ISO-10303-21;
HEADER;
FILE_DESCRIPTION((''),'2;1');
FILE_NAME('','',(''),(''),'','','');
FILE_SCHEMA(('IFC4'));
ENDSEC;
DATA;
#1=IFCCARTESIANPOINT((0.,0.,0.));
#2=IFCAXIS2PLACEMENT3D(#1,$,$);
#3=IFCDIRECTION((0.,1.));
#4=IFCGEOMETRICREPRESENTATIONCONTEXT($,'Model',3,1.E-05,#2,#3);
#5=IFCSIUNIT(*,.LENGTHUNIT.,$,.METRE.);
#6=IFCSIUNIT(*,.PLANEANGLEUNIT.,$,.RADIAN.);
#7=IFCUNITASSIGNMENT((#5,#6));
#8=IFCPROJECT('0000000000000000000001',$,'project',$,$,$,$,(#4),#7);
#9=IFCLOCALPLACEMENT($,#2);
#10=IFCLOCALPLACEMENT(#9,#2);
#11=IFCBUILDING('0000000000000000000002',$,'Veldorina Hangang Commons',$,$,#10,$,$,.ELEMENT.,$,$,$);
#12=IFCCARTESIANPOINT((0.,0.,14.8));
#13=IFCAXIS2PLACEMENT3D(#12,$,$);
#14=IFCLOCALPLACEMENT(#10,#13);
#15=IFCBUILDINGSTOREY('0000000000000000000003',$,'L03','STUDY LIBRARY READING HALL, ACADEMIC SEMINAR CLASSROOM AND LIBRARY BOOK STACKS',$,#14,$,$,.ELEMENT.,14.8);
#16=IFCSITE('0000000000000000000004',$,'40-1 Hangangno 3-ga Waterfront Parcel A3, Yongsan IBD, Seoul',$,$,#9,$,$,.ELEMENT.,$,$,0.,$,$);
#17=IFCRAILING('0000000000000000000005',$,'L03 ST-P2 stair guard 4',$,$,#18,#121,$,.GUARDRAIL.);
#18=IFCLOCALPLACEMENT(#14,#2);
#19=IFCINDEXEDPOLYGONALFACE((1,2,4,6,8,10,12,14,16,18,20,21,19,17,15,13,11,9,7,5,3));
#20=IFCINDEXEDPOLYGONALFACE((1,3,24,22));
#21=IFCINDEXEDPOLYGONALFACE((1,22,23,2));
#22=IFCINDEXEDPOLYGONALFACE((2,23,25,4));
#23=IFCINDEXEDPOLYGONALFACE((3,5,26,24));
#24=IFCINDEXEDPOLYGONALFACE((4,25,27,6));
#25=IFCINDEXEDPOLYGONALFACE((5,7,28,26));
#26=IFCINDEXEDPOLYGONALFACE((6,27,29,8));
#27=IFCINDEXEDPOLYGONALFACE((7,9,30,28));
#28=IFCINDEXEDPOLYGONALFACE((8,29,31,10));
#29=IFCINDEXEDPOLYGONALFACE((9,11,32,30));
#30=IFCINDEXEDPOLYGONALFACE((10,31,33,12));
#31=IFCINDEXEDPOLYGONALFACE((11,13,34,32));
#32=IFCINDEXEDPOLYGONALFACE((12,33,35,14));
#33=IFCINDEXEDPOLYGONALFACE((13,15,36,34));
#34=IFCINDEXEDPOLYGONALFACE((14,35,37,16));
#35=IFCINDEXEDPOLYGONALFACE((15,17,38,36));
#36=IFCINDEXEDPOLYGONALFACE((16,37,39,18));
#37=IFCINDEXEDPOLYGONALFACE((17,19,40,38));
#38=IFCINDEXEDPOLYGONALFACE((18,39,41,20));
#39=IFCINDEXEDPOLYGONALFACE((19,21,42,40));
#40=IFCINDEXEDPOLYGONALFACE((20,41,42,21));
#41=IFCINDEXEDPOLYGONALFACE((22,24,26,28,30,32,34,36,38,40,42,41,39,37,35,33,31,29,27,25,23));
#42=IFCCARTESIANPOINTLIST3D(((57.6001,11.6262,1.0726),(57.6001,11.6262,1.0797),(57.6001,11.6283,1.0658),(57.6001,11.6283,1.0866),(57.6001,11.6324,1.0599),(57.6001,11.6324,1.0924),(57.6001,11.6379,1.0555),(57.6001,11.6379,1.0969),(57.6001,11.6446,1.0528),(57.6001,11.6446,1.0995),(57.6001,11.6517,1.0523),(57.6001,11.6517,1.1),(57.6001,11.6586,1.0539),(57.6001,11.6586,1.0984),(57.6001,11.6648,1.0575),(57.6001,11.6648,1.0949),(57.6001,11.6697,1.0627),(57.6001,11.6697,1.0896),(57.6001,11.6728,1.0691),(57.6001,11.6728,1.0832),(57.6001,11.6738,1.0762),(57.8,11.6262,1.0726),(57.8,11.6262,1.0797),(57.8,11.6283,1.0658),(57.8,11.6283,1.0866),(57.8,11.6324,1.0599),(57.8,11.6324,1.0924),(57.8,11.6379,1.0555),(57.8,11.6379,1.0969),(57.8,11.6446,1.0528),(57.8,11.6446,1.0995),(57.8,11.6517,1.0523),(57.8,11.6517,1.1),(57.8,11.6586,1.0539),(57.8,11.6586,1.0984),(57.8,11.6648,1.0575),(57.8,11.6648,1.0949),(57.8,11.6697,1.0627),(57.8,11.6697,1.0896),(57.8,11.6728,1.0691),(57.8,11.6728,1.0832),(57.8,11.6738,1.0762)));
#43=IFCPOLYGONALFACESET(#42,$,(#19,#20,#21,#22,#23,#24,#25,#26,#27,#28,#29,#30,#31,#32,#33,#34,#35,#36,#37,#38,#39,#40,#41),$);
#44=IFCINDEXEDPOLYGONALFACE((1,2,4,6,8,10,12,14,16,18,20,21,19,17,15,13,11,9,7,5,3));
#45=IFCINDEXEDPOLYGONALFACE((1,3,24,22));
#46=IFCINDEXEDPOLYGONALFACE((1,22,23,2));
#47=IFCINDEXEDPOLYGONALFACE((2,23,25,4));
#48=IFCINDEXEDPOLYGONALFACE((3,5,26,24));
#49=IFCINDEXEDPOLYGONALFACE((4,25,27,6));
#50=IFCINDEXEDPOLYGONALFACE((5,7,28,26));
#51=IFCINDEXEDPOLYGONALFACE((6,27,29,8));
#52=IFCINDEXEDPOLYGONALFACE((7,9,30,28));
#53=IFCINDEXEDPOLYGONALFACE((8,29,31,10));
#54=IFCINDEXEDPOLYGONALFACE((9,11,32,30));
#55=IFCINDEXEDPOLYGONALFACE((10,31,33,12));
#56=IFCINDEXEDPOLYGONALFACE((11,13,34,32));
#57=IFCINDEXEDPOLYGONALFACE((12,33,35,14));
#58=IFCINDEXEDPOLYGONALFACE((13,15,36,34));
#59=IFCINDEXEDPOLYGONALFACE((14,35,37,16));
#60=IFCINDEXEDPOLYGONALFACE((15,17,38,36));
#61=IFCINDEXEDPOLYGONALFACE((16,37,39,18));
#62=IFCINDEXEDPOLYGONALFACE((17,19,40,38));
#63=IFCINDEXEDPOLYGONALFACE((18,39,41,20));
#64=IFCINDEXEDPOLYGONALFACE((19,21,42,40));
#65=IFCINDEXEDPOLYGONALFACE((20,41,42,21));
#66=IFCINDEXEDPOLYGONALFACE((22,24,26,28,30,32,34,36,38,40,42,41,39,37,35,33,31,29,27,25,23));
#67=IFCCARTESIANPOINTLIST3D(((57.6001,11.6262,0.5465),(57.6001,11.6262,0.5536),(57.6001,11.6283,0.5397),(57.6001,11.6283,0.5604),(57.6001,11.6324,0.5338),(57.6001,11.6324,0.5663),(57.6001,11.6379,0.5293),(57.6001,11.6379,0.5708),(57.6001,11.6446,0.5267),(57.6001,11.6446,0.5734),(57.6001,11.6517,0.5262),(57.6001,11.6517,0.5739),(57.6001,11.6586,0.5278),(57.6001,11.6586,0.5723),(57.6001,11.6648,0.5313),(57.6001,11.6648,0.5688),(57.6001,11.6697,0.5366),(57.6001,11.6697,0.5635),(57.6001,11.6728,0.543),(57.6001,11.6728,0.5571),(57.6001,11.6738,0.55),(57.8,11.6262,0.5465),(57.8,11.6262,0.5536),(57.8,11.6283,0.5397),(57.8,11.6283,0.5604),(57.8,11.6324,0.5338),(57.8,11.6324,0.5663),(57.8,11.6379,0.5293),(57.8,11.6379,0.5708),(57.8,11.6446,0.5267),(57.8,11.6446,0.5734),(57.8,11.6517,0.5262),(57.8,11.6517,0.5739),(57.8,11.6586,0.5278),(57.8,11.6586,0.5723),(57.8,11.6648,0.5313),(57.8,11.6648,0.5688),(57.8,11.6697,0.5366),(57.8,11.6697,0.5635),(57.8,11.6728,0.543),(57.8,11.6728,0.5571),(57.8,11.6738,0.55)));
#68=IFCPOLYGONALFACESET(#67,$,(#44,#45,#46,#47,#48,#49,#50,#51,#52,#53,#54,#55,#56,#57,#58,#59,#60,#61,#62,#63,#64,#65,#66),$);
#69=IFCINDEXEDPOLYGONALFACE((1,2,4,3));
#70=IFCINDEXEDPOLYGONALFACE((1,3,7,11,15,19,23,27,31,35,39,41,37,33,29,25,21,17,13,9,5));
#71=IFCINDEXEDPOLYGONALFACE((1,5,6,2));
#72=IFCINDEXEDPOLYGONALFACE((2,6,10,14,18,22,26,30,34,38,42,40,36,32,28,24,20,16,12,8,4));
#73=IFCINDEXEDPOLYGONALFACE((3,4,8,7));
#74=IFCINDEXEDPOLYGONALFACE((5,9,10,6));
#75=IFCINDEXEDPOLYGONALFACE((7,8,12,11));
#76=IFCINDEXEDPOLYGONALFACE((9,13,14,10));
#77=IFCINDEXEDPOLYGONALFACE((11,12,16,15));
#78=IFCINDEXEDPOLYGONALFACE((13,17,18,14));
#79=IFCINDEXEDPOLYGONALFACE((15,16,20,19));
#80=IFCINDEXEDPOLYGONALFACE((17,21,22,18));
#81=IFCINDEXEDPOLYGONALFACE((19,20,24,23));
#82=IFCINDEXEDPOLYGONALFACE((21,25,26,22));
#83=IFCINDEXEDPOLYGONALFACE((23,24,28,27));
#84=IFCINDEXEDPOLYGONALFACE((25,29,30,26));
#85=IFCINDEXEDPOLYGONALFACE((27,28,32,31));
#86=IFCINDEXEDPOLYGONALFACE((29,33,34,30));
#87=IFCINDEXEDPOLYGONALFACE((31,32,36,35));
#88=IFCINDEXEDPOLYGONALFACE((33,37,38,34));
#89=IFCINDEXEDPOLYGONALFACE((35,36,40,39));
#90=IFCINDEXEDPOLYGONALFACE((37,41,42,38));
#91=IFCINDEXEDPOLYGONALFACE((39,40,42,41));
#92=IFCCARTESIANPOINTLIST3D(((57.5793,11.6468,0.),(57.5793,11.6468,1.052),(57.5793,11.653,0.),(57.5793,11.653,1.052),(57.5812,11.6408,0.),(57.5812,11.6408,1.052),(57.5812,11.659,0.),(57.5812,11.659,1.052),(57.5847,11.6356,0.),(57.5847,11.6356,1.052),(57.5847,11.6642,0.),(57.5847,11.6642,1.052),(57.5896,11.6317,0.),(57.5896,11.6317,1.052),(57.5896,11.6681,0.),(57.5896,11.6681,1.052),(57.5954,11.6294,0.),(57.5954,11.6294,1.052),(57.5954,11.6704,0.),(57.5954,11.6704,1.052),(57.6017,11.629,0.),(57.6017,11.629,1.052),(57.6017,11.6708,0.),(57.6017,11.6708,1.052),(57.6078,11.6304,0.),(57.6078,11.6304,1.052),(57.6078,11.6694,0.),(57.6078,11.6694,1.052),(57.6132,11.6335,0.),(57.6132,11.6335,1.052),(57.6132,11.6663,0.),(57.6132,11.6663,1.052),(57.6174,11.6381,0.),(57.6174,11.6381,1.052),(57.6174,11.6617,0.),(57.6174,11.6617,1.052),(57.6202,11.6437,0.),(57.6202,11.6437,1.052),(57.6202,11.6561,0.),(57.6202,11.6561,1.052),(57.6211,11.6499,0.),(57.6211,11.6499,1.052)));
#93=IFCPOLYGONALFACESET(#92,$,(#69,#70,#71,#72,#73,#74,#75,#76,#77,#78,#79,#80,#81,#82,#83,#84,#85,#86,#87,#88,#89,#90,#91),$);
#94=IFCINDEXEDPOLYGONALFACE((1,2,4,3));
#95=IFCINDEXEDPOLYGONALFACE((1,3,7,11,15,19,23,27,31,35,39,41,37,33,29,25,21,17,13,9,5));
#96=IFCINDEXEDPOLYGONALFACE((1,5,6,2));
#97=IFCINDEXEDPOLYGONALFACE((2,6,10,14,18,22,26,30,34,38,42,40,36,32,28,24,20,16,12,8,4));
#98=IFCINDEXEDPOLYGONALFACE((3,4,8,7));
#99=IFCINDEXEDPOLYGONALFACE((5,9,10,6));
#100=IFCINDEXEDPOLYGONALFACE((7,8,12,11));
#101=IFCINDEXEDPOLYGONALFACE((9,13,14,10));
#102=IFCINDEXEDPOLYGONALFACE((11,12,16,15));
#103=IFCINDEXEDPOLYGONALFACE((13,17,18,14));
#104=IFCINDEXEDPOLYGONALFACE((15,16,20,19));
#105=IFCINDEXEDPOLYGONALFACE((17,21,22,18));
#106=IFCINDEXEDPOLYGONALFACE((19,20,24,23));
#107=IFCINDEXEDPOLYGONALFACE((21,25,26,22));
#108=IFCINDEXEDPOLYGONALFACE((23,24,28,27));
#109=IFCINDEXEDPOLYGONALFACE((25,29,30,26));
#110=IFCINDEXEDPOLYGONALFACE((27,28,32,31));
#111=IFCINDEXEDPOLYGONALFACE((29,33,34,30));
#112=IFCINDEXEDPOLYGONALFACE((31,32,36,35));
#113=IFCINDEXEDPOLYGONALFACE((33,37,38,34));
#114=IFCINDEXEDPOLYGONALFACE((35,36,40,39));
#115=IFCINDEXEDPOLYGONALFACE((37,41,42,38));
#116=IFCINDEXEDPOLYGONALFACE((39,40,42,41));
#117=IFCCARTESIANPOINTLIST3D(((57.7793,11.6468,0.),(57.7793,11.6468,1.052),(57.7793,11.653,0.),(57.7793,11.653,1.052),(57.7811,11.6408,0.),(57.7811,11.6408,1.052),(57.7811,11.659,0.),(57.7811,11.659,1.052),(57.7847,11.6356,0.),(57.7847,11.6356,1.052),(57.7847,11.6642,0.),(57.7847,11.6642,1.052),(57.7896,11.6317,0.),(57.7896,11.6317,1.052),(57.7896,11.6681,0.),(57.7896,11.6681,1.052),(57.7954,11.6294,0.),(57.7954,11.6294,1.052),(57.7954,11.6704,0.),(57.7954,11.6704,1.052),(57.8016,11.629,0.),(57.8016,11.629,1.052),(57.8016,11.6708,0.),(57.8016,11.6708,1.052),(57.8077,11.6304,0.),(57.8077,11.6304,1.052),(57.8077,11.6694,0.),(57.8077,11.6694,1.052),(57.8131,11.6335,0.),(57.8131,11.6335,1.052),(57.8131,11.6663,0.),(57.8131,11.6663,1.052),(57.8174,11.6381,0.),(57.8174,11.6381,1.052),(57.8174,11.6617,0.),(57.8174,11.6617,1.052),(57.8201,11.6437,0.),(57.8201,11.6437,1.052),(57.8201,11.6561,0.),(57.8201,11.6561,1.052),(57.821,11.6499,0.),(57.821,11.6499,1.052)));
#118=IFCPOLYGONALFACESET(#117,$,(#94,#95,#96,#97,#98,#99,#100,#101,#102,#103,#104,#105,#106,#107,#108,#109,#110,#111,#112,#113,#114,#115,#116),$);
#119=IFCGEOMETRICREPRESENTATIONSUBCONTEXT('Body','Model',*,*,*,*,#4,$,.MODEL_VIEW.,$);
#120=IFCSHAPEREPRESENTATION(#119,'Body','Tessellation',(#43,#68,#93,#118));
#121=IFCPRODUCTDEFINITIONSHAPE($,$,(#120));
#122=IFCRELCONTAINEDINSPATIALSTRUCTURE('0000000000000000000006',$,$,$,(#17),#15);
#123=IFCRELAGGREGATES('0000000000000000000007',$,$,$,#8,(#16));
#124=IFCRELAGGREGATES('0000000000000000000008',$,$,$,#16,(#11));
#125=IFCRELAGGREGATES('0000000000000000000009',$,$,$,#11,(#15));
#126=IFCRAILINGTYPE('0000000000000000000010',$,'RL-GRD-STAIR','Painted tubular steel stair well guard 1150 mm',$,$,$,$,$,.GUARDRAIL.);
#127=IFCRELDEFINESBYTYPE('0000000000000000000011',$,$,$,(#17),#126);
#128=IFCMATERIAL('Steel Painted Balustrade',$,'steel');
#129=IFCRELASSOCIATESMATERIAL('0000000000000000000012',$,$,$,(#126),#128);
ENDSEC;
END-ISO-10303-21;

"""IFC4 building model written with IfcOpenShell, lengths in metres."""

from ifc_helpers import new_model, si_unit, direction, frame, origin, origin_2d, place, context, subcontext, project, spatial, circle, extrude, material, type_object, element, save


model = new_model("IFC4")

# Units and contexts
model_context = context("Model", 3, precision=1e-05, world=origin(), true_north=direction((0.0, 1.0)))
body_context = subcontext(model_context, "Body", "Model", "MODEL_VIEW")
ifc_project = project(units=[si_unit("LENGTHUNIT", "METRE"), si_unit("PLANEANGLEUNIT", "RADIAN")], contexts=[model_context])

# Site, building, storey
site_placement = place(None, origin())
site = spatial("IfcSite", under=ifc_project, at=site_placement, Name="40-1 Hangangno 3-ga Waterfront Parcel A3, Yongsan IBD, Seoul", CompositionType="ELEMENT", RefElevation=0.0)
building_placement = place(site_placement, origin())
building = spatial("IfcBuilding", under=site, at=building_placement, Name="Veldorina Hangang Commons", CompositionType="ELEMENT")
storey_placement = place(building_placement, frame((0.0, 0.0, 14.8)))
storey = spatial("IfcBuildingStorey", under=building, at=storey_placement, Name="L03", Description="STUDY LIBRARY READING HALL, ACADEMIC SEMINAR CLASSROOM AND LIBRARY BOOK STACKS", CompositionType="ELEMENT", Elevation=14.8)

# Railing
ifc_material_1 = material(Name="Steel Painted Balustrade", Category="steel")
railing_type_1 = type_object("IfcRailingType", Name="RL-GRD-STAIR", Description="Painted tubular steel stair well guard 1150 mm", PredefinedType="GUARDRAIL", material=ifc_material_1)
railing_1_placement = place(storey_placement, frame((57.6001, 11.6499, 0.0)))
element("IfcRailing", 1, at=railing_1_placement, inside=storey, type_object=railing_type_1, Name="L03 ST-P2 stair guard 4", PredefinedType="GUARDRAIL", context=body_context, shape_type="SweptSolid", body=[
    extrude(circle(Radius=0.0239, at=origin_2d()), frame((0.0, 0.0, 1.0762), z_axis=(1.0, 0.0, 0.0), x_axis=(0.0, 1.0, 0.0)), (0.0, 0.0, 1.0), 0.2),
    extrude(circle(Radius=0.0239, at=origin_2d()), frame((0.0, 0.0, 0.55), z_axis=(1.0, 0.0, 0.0), x_axis=(0.0, 1.0, 0.0)), (0.0, 0.0, 1.0), 0.2),
    extrude(circle(Radius=0.021, at=origin_2d()), origin(), (0.0, 0.0, 1.0), 1.052),
    extrude(circle(Radius=0.021, at=origin_2d()), frame((0.2, 0.0, 0.0)), (0.0, 0.0, 1.0), 1.052),
])

save(model, "model.ifc")
